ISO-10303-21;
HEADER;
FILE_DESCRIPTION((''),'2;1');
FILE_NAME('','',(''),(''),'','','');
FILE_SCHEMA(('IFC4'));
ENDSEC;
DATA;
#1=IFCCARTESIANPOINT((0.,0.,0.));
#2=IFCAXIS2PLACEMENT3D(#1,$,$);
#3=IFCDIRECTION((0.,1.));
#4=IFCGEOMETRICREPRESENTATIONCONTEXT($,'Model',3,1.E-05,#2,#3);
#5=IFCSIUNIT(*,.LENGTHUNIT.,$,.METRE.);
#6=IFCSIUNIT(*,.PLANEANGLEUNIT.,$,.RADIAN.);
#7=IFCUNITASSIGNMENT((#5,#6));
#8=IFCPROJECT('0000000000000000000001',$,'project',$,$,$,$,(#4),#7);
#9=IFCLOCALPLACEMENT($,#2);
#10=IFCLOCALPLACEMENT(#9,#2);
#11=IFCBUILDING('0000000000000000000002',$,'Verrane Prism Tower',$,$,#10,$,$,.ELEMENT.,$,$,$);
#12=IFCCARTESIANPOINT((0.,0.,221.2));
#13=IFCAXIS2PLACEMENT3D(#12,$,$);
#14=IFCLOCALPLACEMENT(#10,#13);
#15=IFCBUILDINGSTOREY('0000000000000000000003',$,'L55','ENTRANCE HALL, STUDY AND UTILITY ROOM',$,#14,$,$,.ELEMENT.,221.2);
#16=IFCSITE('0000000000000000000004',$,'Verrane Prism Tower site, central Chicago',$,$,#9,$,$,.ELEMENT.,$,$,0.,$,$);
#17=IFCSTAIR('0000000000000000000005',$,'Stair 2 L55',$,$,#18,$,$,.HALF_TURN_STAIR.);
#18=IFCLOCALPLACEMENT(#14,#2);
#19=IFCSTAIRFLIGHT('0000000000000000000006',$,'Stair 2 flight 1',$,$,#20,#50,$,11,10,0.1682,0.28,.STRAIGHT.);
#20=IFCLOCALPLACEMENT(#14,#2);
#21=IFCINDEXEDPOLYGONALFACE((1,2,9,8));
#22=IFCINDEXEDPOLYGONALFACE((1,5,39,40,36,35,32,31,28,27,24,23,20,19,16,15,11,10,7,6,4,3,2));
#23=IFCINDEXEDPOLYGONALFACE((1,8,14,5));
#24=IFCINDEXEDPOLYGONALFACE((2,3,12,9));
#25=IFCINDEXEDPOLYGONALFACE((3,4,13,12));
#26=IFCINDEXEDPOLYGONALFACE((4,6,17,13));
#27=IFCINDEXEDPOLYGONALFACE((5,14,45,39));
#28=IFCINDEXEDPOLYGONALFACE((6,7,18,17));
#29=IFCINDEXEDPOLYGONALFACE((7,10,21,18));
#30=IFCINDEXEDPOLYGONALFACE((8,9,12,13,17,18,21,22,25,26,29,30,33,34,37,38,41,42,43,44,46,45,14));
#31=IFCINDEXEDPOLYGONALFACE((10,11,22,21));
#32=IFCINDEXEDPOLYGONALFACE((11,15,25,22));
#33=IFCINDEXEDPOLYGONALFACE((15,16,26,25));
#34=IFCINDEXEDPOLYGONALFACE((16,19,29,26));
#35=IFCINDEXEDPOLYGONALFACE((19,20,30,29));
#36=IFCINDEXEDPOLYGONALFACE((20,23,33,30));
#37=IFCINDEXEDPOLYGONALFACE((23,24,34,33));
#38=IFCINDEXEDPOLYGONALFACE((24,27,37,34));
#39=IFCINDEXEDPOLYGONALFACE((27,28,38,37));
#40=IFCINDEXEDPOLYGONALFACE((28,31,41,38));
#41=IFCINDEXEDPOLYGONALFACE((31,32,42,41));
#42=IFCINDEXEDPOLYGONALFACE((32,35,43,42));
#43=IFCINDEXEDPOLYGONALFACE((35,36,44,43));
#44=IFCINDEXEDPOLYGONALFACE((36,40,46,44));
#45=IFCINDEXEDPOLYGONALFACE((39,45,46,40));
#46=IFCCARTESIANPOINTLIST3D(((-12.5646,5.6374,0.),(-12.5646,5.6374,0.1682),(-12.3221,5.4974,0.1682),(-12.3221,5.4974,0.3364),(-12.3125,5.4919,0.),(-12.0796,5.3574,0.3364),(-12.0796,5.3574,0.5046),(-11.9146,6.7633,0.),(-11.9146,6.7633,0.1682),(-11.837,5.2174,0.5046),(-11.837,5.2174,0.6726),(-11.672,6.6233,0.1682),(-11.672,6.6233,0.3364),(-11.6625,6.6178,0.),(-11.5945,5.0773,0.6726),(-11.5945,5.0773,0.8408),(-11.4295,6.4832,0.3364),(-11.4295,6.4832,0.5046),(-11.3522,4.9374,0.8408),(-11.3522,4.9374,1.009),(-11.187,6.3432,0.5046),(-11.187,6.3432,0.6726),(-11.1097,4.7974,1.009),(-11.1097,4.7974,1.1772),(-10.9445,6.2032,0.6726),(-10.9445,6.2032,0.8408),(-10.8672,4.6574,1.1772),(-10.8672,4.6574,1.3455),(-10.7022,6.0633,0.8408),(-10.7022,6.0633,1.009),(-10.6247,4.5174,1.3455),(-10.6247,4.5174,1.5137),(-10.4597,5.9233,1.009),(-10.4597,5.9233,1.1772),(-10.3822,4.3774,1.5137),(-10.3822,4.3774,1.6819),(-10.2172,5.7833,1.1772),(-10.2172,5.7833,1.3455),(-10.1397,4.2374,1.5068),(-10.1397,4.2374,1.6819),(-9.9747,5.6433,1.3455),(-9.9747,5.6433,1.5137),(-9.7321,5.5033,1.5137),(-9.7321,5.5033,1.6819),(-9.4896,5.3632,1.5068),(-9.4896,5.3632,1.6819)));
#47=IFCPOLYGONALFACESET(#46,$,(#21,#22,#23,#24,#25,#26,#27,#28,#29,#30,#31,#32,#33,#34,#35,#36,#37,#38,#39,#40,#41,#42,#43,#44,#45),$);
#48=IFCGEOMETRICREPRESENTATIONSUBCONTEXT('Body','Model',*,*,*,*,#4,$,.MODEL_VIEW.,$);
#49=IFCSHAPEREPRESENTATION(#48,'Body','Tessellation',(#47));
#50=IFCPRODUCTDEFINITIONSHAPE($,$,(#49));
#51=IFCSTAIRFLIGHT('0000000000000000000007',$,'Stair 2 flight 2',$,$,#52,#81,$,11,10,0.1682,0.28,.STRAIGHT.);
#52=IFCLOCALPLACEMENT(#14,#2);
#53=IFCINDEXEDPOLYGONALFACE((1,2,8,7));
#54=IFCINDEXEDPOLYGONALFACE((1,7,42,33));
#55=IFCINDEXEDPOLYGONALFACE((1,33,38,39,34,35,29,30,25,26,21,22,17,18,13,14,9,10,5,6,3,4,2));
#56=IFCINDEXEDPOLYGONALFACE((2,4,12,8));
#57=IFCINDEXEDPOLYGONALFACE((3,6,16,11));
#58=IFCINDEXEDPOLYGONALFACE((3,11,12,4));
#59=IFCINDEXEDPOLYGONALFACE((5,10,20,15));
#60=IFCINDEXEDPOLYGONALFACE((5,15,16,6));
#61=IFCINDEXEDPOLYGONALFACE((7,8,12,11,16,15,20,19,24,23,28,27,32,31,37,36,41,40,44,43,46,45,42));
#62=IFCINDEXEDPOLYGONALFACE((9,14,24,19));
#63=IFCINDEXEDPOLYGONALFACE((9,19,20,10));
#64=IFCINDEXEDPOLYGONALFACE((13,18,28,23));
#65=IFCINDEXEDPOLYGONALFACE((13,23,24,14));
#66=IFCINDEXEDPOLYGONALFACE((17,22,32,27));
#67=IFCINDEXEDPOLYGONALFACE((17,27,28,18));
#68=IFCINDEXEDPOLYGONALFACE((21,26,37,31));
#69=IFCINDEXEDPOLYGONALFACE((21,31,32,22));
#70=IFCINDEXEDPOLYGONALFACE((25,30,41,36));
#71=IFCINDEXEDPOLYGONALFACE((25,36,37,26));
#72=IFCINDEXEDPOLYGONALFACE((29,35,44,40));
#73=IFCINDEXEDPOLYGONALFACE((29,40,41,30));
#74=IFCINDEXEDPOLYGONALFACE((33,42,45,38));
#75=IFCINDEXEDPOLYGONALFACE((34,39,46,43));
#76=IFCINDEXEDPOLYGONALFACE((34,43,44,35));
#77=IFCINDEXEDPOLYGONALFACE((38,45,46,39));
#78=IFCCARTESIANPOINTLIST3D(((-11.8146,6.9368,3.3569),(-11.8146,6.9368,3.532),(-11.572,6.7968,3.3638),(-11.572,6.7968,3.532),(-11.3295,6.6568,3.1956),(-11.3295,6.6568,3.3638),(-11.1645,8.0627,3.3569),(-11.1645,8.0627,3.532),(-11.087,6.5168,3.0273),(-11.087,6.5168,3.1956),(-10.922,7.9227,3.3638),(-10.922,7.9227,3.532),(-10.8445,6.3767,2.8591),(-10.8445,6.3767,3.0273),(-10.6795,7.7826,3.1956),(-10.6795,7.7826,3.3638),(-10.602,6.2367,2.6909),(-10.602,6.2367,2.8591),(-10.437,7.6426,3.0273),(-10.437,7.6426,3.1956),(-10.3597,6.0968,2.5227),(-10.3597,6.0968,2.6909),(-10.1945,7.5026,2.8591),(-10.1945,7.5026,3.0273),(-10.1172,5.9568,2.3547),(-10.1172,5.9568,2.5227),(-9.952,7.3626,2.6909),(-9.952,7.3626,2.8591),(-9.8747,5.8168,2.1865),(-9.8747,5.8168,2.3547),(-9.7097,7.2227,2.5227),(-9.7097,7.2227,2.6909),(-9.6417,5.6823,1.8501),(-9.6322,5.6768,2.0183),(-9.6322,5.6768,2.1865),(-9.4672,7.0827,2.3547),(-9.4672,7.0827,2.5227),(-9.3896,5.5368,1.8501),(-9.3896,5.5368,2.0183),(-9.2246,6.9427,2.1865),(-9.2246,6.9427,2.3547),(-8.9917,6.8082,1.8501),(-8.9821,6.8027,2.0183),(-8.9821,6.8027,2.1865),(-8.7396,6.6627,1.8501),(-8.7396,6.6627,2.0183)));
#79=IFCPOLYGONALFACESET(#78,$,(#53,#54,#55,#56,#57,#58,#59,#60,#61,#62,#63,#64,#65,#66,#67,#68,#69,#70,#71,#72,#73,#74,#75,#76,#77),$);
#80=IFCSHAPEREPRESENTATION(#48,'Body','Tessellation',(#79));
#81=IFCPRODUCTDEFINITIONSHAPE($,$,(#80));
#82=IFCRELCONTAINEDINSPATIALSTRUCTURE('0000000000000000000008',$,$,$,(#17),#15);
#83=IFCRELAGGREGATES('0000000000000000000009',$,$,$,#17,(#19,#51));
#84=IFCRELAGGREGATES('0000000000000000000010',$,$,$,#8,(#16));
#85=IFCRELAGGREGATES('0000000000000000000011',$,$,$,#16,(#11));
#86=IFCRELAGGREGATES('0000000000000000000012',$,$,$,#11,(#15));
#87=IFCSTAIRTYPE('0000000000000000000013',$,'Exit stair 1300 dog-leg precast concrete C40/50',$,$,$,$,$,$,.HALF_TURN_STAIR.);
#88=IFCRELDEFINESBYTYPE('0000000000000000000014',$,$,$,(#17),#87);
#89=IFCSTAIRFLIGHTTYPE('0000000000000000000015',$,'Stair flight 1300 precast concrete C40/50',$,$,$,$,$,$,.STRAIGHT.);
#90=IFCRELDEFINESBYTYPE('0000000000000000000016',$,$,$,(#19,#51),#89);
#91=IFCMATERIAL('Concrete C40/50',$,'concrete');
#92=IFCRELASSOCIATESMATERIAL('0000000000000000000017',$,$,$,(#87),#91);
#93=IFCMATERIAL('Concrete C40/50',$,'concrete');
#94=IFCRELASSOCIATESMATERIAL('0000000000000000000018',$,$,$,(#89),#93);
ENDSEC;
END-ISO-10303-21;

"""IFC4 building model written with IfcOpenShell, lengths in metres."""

from ifc_helpers import new_model, si_unit, direction, frame, origin, place, context, subcontext, project, spatial, polyline, outline, extrude, material, type_object, element, aggregate, save


model = new_model("IFC4")

# Units and contexts
model_context = context("Model", 3, precision=1e-05, world=origin(), true_north=direction((0.0, 1.0)))
body_context = subcontext(model_context, "Body", "Model", "MODEL_VIEW")
ifc_project = project(units=[si_unit("LENGTHUNIT", "METRE"), si_unit("PLANEANGLEUNIT", "RADIAN")], contexts=[model_context])

# Site, building, storey
site_placement = place(None, origin())
site = spatial("IfcSite", under=ifc_project, at=site_placement, Name="Verrane Prism Tower site, central Chicago", CompositionType="ELEMENT", RefElevation=0.0)
building_placement = place(site_placement, origin())
building = spatial("IfcBuilding", under=site, at=building_placement, Name="Verrane Prism Tower", CompositionType="ELEMENT")
storey_placement = place(building_placement, frame((0.0, 0.0, 221.2)))
storey = spatial("IfcBuildingStorey", under=building, at=storey_placement, Name="L55", Description="ENTRANCE HALL, STUDY AND UTILITY ROOM", CompositionType="ELEMENT", Elevation=221.2)

# Stair, stair flights
ifc_material_1 = material(Name="Concrete C40/50", Category="concrete")
stair_type = type_object("IfcStairType", Name="Exit stair 1300 dog-leg precast concrete C40/50", PredefinedType="HALF_TURN_STAIR", material=ifc_material_1)
stair_placement = place(storey_placement, origin())
stair = element("IfcStair", 1, at=stair_placement, inside=storey, type_object=stair_type, Name="Stair 2 L55", PredefinedType="HALF_TURN_STAIR")
ifc_material_2 = material(Name="Concrete C40/50", Category="concrete")
stair_flight_type = type_object("IfcStairFlightType", Name="Stair flight 1300 precast concrete C40/50", PredefinedType="STRAIGHT", material=ifc_material_2)
stair_flight_1_placement = place(storey_placement, frame((-12.2395, 6.2004, 0.0), z_axis=(0.0, 0.0, 1.0), x_axis=(0.866025, -0.5, 0.0)))
stair_flight_1 = element("IfcStairFlight", 2, at=stair_flight_1_placement, type_object=stair_flight_type, Name="Stair 2 flight 1", NumberOfRisers=11, NumberOfTreads=10, PredefinedType="STRAIGHT", RiserHeight=0.1682, TreadLength=0.28, context=body_context, shape_type="SweptSolid", body=[
    extrude(outline(polyline([(0.0, 0.0), (0.0, 0.1682), (0.28, 0.1682), (0.28, 0.3364), (0.5601, 0.3364), (0.5601, 0.5046), (0.8401, 0.5046), (0.8401, 0.6726), (1.1201, 0.6726), (1.1201, 0.8408), (1.3999, 0.8408), (1.3999, 1.009), (1.6799, 1.009), (1.6799, 1.1772), (1.96, 1.1772), (1.96, 1.3455), (2.24, 1.3455), (2.24, 1.5137), (2.52, 1.5137), (2.52, 1.6819), (2.8, 1.6819), (2.8, 1.8501), (2.8, 1.5068), (0.291, 0.0), (0.0, 0.0)])), frame((0.0, 0.6499, 0.0), z_axis=(0.0, -1.0, 0.0), x_axis=(1.0, 0.0, 0.0)), (0.0, 0.0, 1.0), 1.3),
])
stair_flight_2_placement = place(storey_placement, frame((-9.0647, 6.0996, 1.8501), z_axis=(0.0, 0.0, 1.0), x_axis=(-0.866025, 0.5, 0.0)))
stair_flight_2 = element("IfcStairFlight", 3, at=stair_flight_2_placement, type_object=stair_flight_type, Name="Stair 2 flight 2", NumberOfRisers=11, NumberOfTreads=10, PredefinedType="STRAIGHT", RiserHeight=0.1682, TreadLength=0.28, context=body_context, shape_type="SweptSolid", body=[
    extrude(outline(polyline([(0.0, 0.0), (0.0, 0.1682), (0.28, 0.1682), (0.28, 0.3364), (0.5601, 0.3364), (0.5601, 0.5046), (0.8401, 0.5046), (0.8401, 0.6726), (1.1201, 0.6726), (1.1201, 0.8408), (1.3999, 0.8408), (1.3999, 1.009), (1.6799, 1.009), (1.6799, 1.1772), (1.96, 1.1772), (1.96, 1.3455), (2.24, 1.3455), (2.24, 1.5137), (2.52, 1.5137), (2.52, 1.6819), (2.8, 1.6819), (2.8, 1.8501), (2.8, 1.5068), (0.291, 0.0), (0.0, 0.0)])), frame((0.0, 0.6499, 0.0), z_axis=(0.0, -1.0, 0.0), x_axis=(1.0, 0.0, 0.0)), (0.0, 0.0, 1.0), 1.3),
])
aggregate(stair, [stair_flight_1, stair_flight_2])

save(model, "model.ifc")
